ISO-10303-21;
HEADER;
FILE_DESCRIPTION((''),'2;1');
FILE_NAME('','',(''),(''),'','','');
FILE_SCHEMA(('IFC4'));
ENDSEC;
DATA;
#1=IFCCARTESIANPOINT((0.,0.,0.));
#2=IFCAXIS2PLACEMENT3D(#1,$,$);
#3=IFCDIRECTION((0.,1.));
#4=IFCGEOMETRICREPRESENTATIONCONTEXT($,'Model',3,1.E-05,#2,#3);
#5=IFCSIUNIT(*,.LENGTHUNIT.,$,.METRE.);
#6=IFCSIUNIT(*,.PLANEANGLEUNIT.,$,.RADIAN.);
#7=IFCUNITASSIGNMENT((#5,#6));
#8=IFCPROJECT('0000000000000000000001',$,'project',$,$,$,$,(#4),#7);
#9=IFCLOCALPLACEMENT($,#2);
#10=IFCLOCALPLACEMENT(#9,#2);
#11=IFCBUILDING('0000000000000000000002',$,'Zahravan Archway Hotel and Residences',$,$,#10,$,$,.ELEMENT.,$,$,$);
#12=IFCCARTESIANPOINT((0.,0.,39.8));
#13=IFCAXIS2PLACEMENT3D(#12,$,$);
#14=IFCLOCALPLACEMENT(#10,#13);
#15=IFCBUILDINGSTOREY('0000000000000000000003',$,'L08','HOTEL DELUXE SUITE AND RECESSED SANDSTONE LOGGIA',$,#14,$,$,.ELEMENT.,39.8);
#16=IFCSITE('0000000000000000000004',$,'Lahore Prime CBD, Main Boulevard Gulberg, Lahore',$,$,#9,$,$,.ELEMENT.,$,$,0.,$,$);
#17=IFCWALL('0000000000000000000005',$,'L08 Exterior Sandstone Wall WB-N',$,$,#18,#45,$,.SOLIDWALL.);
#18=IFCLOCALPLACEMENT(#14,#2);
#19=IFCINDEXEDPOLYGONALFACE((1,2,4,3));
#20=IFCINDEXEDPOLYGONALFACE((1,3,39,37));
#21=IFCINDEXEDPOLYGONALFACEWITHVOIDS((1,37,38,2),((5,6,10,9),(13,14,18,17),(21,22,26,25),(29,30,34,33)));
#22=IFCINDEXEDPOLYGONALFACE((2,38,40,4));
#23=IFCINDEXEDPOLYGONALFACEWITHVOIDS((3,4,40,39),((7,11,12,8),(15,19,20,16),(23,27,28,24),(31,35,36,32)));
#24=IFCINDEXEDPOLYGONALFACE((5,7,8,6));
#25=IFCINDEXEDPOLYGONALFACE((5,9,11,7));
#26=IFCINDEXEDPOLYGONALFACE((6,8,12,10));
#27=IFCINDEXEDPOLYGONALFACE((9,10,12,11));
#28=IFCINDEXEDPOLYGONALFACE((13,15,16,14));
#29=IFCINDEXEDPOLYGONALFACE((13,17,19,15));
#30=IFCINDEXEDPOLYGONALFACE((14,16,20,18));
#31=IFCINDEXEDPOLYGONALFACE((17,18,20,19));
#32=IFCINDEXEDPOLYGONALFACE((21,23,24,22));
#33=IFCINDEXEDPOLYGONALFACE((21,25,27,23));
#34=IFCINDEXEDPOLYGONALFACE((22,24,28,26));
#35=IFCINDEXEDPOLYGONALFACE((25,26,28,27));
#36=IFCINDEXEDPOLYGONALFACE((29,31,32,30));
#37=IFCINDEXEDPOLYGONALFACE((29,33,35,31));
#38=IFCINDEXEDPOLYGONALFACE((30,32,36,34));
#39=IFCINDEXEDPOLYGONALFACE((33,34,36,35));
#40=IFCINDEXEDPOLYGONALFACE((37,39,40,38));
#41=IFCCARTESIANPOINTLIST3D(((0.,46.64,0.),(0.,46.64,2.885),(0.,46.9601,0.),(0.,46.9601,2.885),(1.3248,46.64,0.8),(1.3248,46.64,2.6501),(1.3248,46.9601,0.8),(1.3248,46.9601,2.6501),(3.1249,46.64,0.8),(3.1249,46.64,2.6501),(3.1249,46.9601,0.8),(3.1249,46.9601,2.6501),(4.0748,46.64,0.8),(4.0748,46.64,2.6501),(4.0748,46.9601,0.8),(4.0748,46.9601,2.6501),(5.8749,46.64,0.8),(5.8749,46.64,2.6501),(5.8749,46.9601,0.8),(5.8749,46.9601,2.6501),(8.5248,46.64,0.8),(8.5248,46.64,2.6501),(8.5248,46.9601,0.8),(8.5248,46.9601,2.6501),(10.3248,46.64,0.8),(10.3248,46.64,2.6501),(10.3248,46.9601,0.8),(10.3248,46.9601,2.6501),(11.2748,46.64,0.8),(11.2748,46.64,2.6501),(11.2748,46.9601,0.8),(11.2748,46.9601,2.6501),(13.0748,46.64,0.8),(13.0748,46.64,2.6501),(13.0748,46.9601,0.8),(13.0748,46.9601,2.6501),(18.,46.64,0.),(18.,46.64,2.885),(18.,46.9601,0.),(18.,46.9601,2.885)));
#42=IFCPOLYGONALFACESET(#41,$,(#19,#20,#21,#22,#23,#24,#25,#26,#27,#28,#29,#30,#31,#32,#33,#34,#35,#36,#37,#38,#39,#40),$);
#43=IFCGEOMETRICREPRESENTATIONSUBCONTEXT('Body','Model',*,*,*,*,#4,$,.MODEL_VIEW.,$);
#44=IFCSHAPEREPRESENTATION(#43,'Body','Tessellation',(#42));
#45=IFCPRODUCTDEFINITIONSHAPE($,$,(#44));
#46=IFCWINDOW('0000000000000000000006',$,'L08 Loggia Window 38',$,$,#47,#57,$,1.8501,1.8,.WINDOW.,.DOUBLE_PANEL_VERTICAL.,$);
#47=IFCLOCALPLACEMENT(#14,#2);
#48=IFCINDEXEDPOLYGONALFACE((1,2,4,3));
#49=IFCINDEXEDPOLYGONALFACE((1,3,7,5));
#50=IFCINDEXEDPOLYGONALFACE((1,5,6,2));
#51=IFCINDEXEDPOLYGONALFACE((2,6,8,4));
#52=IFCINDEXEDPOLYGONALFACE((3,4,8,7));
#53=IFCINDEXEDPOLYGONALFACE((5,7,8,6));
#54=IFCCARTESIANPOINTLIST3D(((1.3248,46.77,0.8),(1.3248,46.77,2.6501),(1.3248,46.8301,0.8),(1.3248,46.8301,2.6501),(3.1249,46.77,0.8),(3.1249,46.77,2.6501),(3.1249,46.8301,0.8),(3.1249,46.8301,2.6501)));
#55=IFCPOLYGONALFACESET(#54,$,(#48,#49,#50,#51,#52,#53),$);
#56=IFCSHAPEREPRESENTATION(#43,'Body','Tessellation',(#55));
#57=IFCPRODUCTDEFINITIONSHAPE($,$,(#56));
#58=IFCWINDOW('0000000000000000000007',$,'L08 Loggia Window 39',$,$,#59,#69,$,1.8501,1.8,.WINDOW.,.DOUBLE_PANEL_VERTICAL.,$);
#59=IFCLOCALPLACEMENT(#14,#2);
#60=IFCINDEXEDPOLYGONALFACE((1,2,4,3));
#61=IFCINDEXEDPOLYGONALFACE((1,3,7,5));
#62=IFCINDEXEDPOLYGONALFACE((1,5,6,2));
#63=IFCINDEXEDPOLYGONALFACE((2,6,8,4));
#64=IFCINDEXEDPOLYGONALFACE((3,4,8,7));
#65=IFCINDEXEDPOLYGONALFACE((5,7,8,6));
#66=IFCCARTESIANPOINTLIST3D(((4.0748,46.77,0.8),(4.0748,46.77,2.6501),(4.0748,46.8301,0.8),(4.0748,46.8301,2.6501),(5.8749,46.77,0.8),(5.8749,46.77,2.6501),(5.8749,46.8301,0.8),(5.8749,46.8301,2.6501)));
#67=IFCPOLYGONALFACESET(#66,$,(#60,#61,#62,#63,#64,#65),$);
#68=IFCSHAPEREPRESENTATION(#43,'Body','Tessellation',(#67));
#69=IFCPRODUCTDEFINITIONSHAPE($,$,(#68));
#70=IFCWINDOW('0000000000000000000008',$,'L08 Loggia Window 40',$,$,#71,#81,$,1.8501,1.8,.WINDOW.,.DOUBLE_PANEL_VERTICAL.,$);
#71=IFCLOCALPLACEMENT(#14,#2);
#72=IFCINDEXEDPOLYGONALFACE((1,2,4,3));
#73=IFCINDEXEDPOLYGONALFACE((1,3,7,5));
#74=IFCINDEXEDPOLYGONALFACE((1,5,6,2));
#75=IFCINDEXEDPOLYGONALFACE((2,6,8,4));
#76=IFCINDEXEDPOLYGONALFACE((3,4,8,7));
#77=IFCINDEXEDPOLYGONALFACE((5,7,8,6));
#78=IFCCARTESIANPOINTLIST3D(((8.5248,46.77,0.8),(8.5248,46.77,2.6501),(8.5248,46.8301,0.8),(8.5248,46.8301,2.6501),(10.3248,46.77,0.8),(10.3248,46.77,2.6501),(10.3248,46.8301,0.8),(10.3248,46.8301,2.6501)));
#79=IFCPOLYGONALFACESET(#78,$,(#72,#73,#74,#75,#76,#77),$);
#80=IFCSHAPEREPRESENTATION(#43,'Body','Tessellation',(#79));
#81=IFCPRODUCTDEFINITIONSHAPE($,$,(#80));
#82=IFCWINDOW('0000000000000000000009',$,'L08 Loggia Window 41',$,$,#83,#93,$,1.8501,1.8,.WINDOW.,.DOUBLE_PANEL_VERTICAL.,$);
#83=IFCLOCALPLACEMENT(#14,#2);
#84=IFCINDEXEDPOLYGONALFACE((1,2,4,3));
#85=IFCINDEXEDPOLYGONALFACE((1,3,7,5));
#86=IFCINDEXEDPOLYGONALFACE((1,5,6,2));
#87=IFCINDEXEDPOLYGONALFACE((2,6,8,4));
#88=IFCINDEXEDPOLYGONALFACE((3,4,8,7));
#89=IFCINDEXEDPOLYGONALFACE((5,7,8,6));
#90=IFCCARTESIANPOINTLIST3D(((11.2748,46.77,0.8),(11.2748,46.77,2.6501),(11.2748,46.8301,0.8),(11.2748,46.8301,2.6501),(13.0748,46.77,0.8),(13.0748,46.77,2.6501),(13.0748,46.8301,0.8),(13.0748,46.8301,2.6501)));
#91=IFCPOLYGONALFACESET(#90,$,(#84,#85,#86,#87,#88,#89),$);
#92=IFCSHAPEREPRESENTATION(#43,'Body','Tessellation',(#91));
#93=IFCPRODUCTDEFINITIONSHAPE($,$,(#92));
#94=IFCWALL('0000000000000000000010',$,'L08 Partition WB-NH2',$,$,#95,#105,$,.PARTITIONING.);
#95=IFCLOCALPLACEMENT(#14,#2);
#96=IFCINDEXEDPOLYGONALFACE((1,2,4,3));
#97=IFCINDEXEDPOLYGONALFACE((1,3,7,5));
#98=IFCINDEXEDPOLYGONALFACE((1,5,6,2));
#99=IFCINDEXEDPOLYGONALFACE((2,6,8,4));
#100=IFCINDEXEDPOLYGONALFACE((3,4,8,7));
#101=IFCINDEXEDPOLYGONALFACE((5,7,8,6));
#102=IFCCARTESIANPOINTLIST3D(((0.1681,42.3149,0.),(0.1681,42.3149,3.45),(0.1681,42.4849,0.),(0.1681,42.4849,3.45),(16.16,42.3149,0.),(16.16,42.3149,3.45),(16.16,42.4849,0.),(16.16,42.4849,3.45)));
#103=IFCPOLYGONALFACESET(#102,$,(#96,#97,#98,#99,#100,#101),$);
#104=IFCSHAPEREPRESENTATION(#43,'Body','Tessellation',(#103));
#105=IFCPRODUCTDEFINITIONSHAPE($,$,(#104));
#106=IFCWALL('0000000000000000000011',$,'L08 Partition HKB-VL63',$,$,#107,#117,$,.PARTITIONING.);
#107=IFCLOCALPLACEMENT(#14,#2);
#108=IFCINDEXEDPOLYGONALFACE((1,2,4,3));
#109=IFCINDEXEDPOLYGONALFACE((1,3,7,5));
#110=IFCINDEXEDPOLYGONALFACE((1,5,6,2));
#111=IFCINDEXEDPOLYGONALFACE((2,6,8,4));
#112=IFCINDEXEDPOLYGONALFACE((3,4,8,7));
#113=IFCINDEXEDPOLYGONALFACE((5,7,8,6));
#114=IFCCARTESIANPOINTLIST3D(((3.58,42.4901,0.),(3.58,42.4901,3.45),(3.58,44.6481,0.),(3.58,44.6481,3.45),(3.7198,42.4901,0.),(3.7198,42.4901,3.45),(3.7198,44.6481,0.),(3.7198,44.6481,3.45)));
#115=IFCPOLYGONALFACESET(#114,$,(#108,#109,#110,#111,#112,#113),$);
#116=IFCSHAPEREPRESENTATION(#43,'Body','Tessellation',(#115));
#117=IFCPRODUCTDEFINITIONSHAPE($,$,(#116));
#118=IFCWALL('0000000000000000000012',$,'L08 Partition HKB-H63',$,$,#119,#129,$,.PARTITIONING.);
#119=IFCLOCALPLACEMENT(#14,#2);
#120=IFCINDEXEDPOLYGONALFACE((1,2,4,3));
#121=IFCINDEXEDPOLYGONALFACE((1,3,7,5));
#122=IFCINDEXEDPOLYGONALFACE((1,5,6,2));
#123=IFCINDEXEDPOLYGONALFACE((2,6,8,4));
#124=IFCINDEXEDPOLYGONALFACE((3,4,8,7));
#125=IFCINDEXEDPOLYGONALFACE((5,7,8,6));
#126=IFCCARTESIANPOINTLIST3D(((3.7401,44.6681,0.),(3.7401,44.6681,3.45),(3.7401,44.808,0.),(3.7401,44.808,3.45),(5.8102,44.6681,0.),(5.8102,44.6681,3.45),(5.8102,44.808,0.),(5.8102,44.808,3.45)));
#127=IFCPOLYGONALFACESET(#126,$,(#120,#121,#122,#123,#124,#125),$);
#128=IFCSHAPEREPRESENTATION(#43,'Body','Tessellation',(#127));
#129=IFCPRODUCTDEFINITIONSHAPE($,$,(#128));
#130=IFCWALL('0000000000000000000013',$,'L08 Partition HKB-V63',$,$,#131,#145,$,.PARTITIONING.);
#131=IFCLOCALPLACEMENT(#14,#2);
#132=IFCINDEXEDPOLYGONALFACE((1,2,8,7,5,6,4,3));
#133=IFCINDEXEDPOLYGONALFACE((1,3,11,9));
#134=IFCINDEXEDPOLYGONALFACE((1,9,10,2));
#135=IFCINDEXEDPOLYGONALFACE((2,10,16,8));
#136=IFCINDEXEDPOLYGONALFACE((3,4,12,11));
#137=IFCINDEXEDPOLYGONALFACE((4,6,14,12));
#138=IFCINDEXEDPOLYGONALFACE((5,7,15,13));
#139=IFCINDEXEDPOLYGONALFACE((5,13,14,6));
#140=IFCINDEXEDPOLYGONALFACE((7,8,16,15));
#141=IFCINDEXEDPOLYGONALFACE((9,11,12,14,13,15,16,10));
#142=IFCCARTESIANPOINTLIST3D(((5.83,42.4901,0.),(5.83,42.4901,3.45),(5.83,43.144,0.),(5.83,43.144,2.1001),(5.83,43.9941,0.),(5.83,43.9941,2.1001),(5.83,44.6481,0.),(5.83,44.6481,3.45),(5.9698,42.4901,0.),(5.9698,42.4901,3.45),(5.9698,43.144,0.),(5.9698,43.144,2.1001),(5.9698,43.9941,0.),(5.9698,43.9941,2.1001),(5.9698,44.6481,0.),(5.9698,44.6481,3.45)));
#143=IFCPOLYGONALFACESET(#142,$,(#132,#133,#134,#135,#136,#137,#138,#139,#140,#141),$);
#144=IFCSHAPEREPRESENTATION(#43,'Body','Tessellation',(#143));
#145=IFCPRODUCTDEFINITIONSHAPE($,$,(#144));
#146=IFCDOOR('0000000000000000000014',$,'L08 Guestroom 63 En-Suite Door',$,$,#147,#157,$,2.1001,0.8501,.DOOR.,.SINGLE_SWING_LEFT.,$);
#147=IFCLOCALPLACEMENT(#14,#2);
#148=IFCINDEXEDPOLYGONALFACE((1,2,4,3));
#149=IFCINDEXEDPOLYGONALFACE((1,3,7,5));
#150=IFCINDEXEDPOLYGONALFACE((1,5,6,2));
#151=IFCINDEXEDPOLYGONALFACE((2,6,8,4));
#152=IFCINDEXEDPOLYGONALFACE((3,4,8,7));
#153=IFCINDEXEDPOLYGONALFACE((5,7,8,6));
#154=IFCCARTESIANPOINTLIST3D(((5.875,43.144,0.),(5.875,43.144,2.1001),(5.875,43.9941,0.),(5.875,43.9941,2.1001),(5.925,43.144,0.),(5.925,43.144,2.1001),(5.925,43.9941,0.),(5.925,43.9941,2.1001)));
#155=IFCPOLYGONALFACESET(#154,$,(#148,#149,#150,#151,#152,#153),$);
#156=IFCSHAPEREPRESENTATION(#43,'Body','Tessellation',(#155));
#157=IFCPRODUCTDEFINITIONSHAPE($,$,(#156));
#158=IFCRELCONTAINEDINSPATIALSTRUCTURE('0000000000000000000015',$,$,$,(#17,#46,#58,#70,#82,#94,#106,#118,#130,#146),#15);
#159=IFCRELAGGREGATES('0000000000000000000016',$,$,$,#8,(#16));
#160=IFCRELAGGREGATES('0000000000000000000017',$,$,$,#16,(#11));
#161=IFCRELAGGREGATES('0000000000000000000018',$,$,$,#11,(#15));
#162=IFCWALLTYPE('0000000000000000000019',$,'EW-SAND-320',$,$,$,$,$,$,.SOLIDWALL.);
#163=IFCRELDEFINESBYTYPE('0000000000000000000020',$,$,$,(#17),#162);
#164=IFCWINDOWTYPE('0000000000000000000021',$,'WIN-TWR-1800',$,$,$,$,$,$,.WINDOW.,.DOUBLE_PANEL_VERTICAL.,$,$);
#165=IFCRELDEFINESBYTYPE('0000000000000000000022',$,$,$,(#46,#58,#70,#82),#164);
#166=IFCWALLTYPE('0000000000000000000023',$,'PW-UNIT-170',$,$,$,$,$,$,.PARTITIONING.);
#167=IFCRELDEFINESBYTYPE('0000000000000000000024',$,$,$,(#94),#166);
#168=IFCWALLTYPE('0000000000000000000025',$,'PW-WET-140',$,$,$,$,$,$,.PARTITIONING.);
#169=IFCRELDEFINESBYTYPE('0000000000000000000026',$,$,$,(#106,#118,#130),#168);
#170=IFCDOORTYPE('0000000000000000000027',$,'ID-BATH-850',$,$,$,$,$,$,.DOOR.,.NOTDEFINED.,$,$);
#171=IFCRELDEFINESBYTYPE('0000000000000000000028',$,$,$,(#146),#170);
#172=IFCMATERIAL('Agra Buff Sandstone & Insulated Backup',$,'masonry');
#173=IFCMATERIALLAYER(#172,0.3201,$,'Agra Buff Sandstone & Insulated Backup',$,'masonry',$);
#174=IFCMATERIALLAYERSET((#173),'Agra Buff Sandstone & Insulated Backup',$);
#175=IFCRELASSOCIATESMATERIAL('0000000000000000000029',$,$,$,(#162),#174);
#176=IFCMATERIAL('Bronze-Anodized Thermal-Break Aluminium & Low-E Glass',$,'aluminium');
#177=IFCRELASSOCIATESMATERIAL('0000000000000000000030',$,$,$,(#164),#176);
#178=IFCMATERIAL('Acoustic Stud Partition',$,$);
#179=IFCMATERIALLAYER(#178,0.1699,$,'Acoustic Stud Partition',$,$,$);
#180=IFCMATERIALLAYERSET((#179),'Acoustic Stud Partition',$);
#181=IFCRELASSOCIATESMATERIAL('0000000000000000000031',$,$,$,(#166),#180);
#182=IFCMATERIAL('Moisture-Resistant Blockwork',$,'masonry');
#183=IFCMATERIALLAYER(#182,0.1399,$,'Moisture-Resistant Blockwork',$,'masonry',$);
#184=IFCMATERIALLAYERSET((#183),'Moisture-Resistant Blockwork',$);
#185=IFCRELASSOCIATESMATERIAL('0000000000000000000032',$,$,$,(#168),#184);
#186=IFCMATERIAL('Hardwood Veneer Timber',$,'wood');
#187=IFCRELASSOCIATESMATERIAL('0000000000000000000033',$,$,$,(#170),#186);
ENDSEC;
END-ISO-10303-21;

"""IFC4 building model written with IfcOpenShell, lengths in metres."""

from ifc_helpers import new_model, si_unit, direction, frame, frame_2d, origin, place, context, subcontext, project, spatial, rectangle, extrude, source, transform, mapped, material, layer, layer_set, type_object, type_shapes, element, fill, save


model = new_model("IFC4")

# Units and contexts
model_context = context("Model", 3, precision=1e-05, world=origin(), true_north=direction((0.0, 1.0)))
body_context = subcontext(model_context, "Body", "Model", "MODEL_VIEW")
ifc_project = project(units=[si_unit("LENGTHUNIT", "METRE"), si_unit("PLANEANGLEUNIT", "RADIAN")], contexts=[model_context])

# Site, building, storey
site_placement = place(None, origin())
site = spatial("IfcSite", under=ifc_project, at=site_placement, Name="Lahore Prime CBD, Main Boulevard Gulberg, Lahore", CompositionType="ELEMENT", RefElevation=0.0)
building_placement = place(site_placement, origin())
building = spatial("IfcBuilding", under=site, at=building_placement, Name="Zahravan Archway Hotel and Residences", CompositionType="ELEMENT")
storey_placement = place(building_placement, frame((0.0, 0.0, 39.8)))
storey = spatial("IfcBuildingStorey", under=building, at=storey_placement, Name="L08", Description="HOTEL DELUXE SUITE AND RECESSED SANDSTONE LOGGIA", CompositionType="ELEMENT", Elevation=39.8)

# Wall, openings, windows
ifc_material_1 = material(Name="Agra Buff Sandstone & Insulated Backup", Category="masonry")
ifc_layer_1 = layer(ifc_material_1, 0.3201, Name="Agra Buff Sandstone & Insulated Backup", Category="masonry")
ifc_layer_set_1 = layer_set([ifc_layer_1], Name="Agra Buff Sandstone & Insulated Backup")
wall_type_1 = type_object("IfcWallType", Name="EW-SAND-320", PredefinedType="SOLIDWALL", material=ifc_layer_set_1)
wall_1_placement = place(storey_placement, frame((0.0, 46.8, 0.0), z_axis=(0.0, 0.0, 1.0), x_axis=(1.0, 0.0, 0.0)))
wall_1 = element("IfcWall", 1, at=wall_1_placement, inside=storey, type_object=wall_type_1, Name="L08 Exterior Sandstone Wall WB-N", PredefinedType="SOLIDWALL", context=body_context, shape_type="SweptSolid", body=[
    extrude(rectangle(XDim=18.0, YDim=0.3201, at=frame_2d((9.0, 0.0))), origin(), (0.0, 0.0, 1.0), 2.885),
])
opening_1_placement = place(wall_1_placement, frame((1.325, 0.0, 0.8)))
opening_1 = element("IfcOpeningElement", 2, at=opening_1_placement, cuts=wall_1, PredefinedType="OPENING", context=body_context, shape_type="SweptSolid", body=[
    extrude(rectangle(XDim=1.8, YDim=1.8501, at=frame_2d((0.8999, 0.925))), frame((0.0, 0.1699, 0.0), z_axis=(0.0, -1.0, 0.0), x_axis=(1.0, 0.0, 0.0)), (0.0, 0.0, 1.0), 0.3401),
])
opening_2_placement = place(wall_1_placement, frame((4.075, 0.0, 0.8)))
opening_2 = element("IfcOpeningElement", 3, at=opening_2_placement, cuts=wall_1, PredefinedType="OPENING", context=body_context, shape_type="SweptSolid", body=[
    extrude(rectangle(XDim=1.8, YDim=1.8501, at=frame_2d((0.8999, 0.925))), frame((0.0, 0.1699, 0.0), z_axis=(0.0, -1.0, 0.0), x_axis=(1.0, 0.0, 0.0)), (0.0, 0.0, 1.0), 0.3401),
])
opening_3_placement = place(wall_1_placement, frame((8.5249, 0.0, 0.8)))
opening_3 = element("IfcOpeningElement", 4, at=opening_3_placement, cuts=wall_1, PredefinedType="OPENING", context=body_context, shape_type="SweptSolid", body=[
    extrude(rectangle(XDim=1.8, YDim=1.8501, at=frame_2d((0.8999, 0.925))), frame((0.0, 0.1699, 0.0), z_axis=(0.0, -1.0, 0.0), x_axis=(1.0, 0.0, 0.0)), (0.0, 0.0, 1.0), 0.3401),
])
opening_4_placement = place(wall_1_placement, frame((11.2749, 0.0, 0.8)))
opening_4 = element("IfcOpeningElement", 5, at=opening_4_placement, cuts=wall_1, PredefinedType="OPENING", context=body_context, shape_type="SweptSolid", body=[
    extrude(rectangle(XDim=1.8, YDim=1.8501, at=frame_2d((0.8999, 0.925))), frame((0.0, 0.1699, 0.0), z_axis=(0.0, -1.0, 0.0), x_axis=(1.0, 0.0, 0.0)), (0.0, 0.0, 1.0), 0.3401),
])
ifc_material_2 = material(Name="Bronze-Anodized Thermal-Break Aluminium & Low-E Glass", Category="aluminium")
window_type = type_object("IfcWindowType", Name="WIN-TWR-1800", PartitioningType="DOUBLE_PANEL_VERTICAL", PredefinedType="WINDOW", material=ifc_material_2)
shared_shape_1 = source(origin(), body_context, "Body", "SweptSolid", [
    extrude(rectangle(XDim=1.8, YDim=1.8501, at=frame_2d((0.8999, 0.925))), frame((0.0, 0.03, 0.0), z_axis=(0.0, -1.0, 0.0), x_axis=(1.0, 0.0, 0.0)), (0.0, 0.0, 1.0), 0.0601),
])
type_shapes(window_type, [shared_shape_1])
window_1_placement = place(opening_1_placement, origin())
window_1 = element("IfcWindow", 6, at=window_1_placement, inside=storey, type_object=window_type, Name="L08 Loggia Window 38", OverallHeight=1.8501, OverallWidth=1.8, PartitioningType="DOUBLE_PANEL_VERTICAL", PredefinedType="WINDOW", context=body_context, shape_type="MappedRepresentation", body=[
    mapped(shared_shape_1, transform((0.0, 0.0, 0.0), scale=1.0)),
])
fill(opening_1, window_1)
window_2_placement = place(opening_2_placement, origin())
window_2 = element("IfcWindow", 7, at=window_2_placement, inside=storey, type_object=window_type, Name="L08 Loggia Window 39", OverallHeight=1.8501, OverallWidth=1.8, PartitioningType="DOUBLE_PANEL_VERTICAL", PredefinedType="WINDOW", context=body_context, shape_type="MappedRepresentation", body=[
    mapped(shared_shape_1, transform((0.0, 0.0, 0.0), scale=1.0)),
])
fill(opening_2, window_2)
window_3_placement = place(opening_3_placement, origin())
window_3 = element("IfcWindow", 8, at=window_3_placement, inside=storey, type_object=window_type, Name="L08 Loggia Window 40", OverallHeight=1.8501, OverallWidth=1.8, PartitioningType="DOUBLE_PANEL_VERTICAL", PredefinedType="WINDOW", context=body_context, shape_type="MappedRepresentation", body=[
    mapped(shared_shape_1, transform((0.0, 0.0, 0.0), scale=1.0)),
])
fill(opening_3, window_3)
window_4_placement = place(opening_4_placement, origin())
window_4 = element("IfcWindow", 9, at=window_4_placement, inside=storey, type_object=window_type, Name="L08 Loggia Window 41", OverallHeight=1.8501, OverallWidth=1.8, PartitioningType="DOUBLE_PANEL_VERTICAL", PredefinedType="WINDOW", context=body_context, shape_type="MappedRepresentation", body=[
    mapped(shared_shape_1, transform((0.0, 0.0, 0.0), scale=1.0)),
])
fill(opening_4, window_4)

# Shared definitions
ifc_material_3 = material(Name="Acoustic Stud Partition")
ifc_layer_2 = layer(ifc_material_3, 0.1699, Name="Acoustic Stud Partition")
ifc_layer_set_2 = layer_set([ifc_layer_2], Name="Acoustic Stud Partition")
wall_type_2 = type_object("IfcWallType", Name="PW-UNIT-170", PredefinedType="PARTITIONING", material=ifc_layer_set_2)
ifc_material_4 = material(Name="Hardwood Veneer Timber", Category="wood")

# Walls
wall_2_placement = place(storey_placement, frame((0.168, 42.3999, 0.0), z_axis=(0.0, 0.0, 1.0), x_axis=(1.0, 0.0, 0.0)))
element("IfcWall", 10, at=wall_2_placement, inside=storey, type_object=wall_type_2, Name="L08 Partition WB-NH2", PredefinedType="PARTITIONING", context=body_context, shape_type="SweptSolid", body=[
    extrude(rectangle(XDim=15.9919, YDim=0.1699, at=frame_2d((7.9961, 0.0))), origin(), (0.0, 0.0, 1.0), 3.45),
])
ifc_material_5 = material(Name="Moisture-Resistant Blockwork", Category="masonry")
ifc_layer_3 = layer(ifc_material_5, 0.1399, Name="Moisture-Resistant Blockwork", Category="masonry")
ifc_layer_set_3 = layer_set([ifc_layer_3], Name="Moisture-Resistant Blockwork")
wall_type_3 = type_object("IfcWallType", Name="PW-WET-140", PredefinedType="PARTITIONING", material=ifc_layer_set_3)
wall_3_placement = place(storey_placement, frame((3.6499, 42.49, 0.0), z_axis=(0.0, 0.0, 1.0), x_axis=(0.0, 1.0, 0.0)))
element("IfcWall", 11, at=wall_3_placement, inside=storey, type_object=wall_type_3, Name="L08 Partition HKB-VL63", PredefinedType="PARTITIONING", context=body_context, shape_type="SweptSolid", body=[
    extrude(rectangle(XDim=2.158, YDim=0.1399, at=frame_2d((1.0791, 0.0))), origin(), (0.0, 0.0, 1.0), 3.45),
])
wall_4_placement = place(storey_placement, frame((3.74, 44.738, 0.0), z_axis=(0.0, 0.0, 1.0), x_axis=(1.0, 0.0, 0.0)))
element("IfcWall", 12, at=wall_4_placement, inside=storey, type_object=wall_type_3, Name="L08 Partition HKB-H63", PredefinedType="PARTITIONING", context=body_context, shape_type="SweptSolid", body=[
    extrude(rectangle(XDim=2.0701, YDim=0.1399, at=frame_2d((1.0352, 0.0))), origin(), (0.0, 0.0, 1.0), 3.45),
])

# Wall, opening, door
wall_5_placement = place(storey_placement, frame((5.8999, 42.49, 0.0), z_axis=(0.0, 0.0, 1.0), x_axis=(0.0, 1.0, 0.0)))
wall_5 = element("IfcWall", 13, at=wall_5_placement, inside=storey, type_object=wall_type_3, Name="L08 Partition HKB-V63", PredefinedType="PARTITIONING", context=body_context, shape_type="SweptSolid", body=[
    extrude(rectangle(XDim=2.158, YDim=0.1399, at=frame_2d((1.0791, 0.0))), origin(), (0.0, 0.0, 1.0), 3.45),
])
opening_5_placement = place(wall_5_placement, frame((0.6541, 0.0, 0.0)))
opening_5 = element("IfcOpeningElement", 14, at=opening_5_placement, cuts=wall_5, PredefinedType="OPENING", context=body_context, shape_type="SweptSolid", body=[
    extrude(rectangle(XDim=0.8501, YDim=2.1001, at=frame_2d((0.425, 1.05))), frame((0.0, 0.0801, 0.0), z_axis=(0.0, -1.0, 0.0), x_axis=(1.0, 0.0, 0.0)), (0.0, 0.0, 1.0), 0.1599),
])
door_type_1 = type_object("IfcDoorType", Name="ID-BATH-850", OperationType="NOTDEFINED", PredefinedType="DOOR", material=ifc_material_4)
shared_shape_2 = source(origin(), body_context, "Body", "SweptSolid", [
    extrude(rectangle(XDim=0.8501, YDim=2.1001, at=frame_2d((0.425, 1.05))), frame((0.0, 0.0249, 0.0), z_axis=(0.0, -1.0, 0.0), x_axis=(1.0, 0.0, 0.0)), (0.0, 0.0, 1.0), 0.05),
])
type_shapes(door_type_1, [shared_shape_2])
door_1_placement = place(opening_5_placement, origin())
door_1 = element("IfcDoor", 15, at=door_1_placement, inside=storey, type_object=door_type_1, Name="L08 Guestroom 63 En-Suite Door", OperationType="SINGLE_SWING_LEFT", OverallHeight=2.1001, OverallWidth=0.8501, PredefinedType="DOOR", context=body_context, shape_type="MappedRepresentation", body=[
    mapped(shared_shape_2, transform((0.0, 0.0, 0.0), scale=1.0)),
])
fill(opening_5, door_1)

save(model, "model.ifc")
